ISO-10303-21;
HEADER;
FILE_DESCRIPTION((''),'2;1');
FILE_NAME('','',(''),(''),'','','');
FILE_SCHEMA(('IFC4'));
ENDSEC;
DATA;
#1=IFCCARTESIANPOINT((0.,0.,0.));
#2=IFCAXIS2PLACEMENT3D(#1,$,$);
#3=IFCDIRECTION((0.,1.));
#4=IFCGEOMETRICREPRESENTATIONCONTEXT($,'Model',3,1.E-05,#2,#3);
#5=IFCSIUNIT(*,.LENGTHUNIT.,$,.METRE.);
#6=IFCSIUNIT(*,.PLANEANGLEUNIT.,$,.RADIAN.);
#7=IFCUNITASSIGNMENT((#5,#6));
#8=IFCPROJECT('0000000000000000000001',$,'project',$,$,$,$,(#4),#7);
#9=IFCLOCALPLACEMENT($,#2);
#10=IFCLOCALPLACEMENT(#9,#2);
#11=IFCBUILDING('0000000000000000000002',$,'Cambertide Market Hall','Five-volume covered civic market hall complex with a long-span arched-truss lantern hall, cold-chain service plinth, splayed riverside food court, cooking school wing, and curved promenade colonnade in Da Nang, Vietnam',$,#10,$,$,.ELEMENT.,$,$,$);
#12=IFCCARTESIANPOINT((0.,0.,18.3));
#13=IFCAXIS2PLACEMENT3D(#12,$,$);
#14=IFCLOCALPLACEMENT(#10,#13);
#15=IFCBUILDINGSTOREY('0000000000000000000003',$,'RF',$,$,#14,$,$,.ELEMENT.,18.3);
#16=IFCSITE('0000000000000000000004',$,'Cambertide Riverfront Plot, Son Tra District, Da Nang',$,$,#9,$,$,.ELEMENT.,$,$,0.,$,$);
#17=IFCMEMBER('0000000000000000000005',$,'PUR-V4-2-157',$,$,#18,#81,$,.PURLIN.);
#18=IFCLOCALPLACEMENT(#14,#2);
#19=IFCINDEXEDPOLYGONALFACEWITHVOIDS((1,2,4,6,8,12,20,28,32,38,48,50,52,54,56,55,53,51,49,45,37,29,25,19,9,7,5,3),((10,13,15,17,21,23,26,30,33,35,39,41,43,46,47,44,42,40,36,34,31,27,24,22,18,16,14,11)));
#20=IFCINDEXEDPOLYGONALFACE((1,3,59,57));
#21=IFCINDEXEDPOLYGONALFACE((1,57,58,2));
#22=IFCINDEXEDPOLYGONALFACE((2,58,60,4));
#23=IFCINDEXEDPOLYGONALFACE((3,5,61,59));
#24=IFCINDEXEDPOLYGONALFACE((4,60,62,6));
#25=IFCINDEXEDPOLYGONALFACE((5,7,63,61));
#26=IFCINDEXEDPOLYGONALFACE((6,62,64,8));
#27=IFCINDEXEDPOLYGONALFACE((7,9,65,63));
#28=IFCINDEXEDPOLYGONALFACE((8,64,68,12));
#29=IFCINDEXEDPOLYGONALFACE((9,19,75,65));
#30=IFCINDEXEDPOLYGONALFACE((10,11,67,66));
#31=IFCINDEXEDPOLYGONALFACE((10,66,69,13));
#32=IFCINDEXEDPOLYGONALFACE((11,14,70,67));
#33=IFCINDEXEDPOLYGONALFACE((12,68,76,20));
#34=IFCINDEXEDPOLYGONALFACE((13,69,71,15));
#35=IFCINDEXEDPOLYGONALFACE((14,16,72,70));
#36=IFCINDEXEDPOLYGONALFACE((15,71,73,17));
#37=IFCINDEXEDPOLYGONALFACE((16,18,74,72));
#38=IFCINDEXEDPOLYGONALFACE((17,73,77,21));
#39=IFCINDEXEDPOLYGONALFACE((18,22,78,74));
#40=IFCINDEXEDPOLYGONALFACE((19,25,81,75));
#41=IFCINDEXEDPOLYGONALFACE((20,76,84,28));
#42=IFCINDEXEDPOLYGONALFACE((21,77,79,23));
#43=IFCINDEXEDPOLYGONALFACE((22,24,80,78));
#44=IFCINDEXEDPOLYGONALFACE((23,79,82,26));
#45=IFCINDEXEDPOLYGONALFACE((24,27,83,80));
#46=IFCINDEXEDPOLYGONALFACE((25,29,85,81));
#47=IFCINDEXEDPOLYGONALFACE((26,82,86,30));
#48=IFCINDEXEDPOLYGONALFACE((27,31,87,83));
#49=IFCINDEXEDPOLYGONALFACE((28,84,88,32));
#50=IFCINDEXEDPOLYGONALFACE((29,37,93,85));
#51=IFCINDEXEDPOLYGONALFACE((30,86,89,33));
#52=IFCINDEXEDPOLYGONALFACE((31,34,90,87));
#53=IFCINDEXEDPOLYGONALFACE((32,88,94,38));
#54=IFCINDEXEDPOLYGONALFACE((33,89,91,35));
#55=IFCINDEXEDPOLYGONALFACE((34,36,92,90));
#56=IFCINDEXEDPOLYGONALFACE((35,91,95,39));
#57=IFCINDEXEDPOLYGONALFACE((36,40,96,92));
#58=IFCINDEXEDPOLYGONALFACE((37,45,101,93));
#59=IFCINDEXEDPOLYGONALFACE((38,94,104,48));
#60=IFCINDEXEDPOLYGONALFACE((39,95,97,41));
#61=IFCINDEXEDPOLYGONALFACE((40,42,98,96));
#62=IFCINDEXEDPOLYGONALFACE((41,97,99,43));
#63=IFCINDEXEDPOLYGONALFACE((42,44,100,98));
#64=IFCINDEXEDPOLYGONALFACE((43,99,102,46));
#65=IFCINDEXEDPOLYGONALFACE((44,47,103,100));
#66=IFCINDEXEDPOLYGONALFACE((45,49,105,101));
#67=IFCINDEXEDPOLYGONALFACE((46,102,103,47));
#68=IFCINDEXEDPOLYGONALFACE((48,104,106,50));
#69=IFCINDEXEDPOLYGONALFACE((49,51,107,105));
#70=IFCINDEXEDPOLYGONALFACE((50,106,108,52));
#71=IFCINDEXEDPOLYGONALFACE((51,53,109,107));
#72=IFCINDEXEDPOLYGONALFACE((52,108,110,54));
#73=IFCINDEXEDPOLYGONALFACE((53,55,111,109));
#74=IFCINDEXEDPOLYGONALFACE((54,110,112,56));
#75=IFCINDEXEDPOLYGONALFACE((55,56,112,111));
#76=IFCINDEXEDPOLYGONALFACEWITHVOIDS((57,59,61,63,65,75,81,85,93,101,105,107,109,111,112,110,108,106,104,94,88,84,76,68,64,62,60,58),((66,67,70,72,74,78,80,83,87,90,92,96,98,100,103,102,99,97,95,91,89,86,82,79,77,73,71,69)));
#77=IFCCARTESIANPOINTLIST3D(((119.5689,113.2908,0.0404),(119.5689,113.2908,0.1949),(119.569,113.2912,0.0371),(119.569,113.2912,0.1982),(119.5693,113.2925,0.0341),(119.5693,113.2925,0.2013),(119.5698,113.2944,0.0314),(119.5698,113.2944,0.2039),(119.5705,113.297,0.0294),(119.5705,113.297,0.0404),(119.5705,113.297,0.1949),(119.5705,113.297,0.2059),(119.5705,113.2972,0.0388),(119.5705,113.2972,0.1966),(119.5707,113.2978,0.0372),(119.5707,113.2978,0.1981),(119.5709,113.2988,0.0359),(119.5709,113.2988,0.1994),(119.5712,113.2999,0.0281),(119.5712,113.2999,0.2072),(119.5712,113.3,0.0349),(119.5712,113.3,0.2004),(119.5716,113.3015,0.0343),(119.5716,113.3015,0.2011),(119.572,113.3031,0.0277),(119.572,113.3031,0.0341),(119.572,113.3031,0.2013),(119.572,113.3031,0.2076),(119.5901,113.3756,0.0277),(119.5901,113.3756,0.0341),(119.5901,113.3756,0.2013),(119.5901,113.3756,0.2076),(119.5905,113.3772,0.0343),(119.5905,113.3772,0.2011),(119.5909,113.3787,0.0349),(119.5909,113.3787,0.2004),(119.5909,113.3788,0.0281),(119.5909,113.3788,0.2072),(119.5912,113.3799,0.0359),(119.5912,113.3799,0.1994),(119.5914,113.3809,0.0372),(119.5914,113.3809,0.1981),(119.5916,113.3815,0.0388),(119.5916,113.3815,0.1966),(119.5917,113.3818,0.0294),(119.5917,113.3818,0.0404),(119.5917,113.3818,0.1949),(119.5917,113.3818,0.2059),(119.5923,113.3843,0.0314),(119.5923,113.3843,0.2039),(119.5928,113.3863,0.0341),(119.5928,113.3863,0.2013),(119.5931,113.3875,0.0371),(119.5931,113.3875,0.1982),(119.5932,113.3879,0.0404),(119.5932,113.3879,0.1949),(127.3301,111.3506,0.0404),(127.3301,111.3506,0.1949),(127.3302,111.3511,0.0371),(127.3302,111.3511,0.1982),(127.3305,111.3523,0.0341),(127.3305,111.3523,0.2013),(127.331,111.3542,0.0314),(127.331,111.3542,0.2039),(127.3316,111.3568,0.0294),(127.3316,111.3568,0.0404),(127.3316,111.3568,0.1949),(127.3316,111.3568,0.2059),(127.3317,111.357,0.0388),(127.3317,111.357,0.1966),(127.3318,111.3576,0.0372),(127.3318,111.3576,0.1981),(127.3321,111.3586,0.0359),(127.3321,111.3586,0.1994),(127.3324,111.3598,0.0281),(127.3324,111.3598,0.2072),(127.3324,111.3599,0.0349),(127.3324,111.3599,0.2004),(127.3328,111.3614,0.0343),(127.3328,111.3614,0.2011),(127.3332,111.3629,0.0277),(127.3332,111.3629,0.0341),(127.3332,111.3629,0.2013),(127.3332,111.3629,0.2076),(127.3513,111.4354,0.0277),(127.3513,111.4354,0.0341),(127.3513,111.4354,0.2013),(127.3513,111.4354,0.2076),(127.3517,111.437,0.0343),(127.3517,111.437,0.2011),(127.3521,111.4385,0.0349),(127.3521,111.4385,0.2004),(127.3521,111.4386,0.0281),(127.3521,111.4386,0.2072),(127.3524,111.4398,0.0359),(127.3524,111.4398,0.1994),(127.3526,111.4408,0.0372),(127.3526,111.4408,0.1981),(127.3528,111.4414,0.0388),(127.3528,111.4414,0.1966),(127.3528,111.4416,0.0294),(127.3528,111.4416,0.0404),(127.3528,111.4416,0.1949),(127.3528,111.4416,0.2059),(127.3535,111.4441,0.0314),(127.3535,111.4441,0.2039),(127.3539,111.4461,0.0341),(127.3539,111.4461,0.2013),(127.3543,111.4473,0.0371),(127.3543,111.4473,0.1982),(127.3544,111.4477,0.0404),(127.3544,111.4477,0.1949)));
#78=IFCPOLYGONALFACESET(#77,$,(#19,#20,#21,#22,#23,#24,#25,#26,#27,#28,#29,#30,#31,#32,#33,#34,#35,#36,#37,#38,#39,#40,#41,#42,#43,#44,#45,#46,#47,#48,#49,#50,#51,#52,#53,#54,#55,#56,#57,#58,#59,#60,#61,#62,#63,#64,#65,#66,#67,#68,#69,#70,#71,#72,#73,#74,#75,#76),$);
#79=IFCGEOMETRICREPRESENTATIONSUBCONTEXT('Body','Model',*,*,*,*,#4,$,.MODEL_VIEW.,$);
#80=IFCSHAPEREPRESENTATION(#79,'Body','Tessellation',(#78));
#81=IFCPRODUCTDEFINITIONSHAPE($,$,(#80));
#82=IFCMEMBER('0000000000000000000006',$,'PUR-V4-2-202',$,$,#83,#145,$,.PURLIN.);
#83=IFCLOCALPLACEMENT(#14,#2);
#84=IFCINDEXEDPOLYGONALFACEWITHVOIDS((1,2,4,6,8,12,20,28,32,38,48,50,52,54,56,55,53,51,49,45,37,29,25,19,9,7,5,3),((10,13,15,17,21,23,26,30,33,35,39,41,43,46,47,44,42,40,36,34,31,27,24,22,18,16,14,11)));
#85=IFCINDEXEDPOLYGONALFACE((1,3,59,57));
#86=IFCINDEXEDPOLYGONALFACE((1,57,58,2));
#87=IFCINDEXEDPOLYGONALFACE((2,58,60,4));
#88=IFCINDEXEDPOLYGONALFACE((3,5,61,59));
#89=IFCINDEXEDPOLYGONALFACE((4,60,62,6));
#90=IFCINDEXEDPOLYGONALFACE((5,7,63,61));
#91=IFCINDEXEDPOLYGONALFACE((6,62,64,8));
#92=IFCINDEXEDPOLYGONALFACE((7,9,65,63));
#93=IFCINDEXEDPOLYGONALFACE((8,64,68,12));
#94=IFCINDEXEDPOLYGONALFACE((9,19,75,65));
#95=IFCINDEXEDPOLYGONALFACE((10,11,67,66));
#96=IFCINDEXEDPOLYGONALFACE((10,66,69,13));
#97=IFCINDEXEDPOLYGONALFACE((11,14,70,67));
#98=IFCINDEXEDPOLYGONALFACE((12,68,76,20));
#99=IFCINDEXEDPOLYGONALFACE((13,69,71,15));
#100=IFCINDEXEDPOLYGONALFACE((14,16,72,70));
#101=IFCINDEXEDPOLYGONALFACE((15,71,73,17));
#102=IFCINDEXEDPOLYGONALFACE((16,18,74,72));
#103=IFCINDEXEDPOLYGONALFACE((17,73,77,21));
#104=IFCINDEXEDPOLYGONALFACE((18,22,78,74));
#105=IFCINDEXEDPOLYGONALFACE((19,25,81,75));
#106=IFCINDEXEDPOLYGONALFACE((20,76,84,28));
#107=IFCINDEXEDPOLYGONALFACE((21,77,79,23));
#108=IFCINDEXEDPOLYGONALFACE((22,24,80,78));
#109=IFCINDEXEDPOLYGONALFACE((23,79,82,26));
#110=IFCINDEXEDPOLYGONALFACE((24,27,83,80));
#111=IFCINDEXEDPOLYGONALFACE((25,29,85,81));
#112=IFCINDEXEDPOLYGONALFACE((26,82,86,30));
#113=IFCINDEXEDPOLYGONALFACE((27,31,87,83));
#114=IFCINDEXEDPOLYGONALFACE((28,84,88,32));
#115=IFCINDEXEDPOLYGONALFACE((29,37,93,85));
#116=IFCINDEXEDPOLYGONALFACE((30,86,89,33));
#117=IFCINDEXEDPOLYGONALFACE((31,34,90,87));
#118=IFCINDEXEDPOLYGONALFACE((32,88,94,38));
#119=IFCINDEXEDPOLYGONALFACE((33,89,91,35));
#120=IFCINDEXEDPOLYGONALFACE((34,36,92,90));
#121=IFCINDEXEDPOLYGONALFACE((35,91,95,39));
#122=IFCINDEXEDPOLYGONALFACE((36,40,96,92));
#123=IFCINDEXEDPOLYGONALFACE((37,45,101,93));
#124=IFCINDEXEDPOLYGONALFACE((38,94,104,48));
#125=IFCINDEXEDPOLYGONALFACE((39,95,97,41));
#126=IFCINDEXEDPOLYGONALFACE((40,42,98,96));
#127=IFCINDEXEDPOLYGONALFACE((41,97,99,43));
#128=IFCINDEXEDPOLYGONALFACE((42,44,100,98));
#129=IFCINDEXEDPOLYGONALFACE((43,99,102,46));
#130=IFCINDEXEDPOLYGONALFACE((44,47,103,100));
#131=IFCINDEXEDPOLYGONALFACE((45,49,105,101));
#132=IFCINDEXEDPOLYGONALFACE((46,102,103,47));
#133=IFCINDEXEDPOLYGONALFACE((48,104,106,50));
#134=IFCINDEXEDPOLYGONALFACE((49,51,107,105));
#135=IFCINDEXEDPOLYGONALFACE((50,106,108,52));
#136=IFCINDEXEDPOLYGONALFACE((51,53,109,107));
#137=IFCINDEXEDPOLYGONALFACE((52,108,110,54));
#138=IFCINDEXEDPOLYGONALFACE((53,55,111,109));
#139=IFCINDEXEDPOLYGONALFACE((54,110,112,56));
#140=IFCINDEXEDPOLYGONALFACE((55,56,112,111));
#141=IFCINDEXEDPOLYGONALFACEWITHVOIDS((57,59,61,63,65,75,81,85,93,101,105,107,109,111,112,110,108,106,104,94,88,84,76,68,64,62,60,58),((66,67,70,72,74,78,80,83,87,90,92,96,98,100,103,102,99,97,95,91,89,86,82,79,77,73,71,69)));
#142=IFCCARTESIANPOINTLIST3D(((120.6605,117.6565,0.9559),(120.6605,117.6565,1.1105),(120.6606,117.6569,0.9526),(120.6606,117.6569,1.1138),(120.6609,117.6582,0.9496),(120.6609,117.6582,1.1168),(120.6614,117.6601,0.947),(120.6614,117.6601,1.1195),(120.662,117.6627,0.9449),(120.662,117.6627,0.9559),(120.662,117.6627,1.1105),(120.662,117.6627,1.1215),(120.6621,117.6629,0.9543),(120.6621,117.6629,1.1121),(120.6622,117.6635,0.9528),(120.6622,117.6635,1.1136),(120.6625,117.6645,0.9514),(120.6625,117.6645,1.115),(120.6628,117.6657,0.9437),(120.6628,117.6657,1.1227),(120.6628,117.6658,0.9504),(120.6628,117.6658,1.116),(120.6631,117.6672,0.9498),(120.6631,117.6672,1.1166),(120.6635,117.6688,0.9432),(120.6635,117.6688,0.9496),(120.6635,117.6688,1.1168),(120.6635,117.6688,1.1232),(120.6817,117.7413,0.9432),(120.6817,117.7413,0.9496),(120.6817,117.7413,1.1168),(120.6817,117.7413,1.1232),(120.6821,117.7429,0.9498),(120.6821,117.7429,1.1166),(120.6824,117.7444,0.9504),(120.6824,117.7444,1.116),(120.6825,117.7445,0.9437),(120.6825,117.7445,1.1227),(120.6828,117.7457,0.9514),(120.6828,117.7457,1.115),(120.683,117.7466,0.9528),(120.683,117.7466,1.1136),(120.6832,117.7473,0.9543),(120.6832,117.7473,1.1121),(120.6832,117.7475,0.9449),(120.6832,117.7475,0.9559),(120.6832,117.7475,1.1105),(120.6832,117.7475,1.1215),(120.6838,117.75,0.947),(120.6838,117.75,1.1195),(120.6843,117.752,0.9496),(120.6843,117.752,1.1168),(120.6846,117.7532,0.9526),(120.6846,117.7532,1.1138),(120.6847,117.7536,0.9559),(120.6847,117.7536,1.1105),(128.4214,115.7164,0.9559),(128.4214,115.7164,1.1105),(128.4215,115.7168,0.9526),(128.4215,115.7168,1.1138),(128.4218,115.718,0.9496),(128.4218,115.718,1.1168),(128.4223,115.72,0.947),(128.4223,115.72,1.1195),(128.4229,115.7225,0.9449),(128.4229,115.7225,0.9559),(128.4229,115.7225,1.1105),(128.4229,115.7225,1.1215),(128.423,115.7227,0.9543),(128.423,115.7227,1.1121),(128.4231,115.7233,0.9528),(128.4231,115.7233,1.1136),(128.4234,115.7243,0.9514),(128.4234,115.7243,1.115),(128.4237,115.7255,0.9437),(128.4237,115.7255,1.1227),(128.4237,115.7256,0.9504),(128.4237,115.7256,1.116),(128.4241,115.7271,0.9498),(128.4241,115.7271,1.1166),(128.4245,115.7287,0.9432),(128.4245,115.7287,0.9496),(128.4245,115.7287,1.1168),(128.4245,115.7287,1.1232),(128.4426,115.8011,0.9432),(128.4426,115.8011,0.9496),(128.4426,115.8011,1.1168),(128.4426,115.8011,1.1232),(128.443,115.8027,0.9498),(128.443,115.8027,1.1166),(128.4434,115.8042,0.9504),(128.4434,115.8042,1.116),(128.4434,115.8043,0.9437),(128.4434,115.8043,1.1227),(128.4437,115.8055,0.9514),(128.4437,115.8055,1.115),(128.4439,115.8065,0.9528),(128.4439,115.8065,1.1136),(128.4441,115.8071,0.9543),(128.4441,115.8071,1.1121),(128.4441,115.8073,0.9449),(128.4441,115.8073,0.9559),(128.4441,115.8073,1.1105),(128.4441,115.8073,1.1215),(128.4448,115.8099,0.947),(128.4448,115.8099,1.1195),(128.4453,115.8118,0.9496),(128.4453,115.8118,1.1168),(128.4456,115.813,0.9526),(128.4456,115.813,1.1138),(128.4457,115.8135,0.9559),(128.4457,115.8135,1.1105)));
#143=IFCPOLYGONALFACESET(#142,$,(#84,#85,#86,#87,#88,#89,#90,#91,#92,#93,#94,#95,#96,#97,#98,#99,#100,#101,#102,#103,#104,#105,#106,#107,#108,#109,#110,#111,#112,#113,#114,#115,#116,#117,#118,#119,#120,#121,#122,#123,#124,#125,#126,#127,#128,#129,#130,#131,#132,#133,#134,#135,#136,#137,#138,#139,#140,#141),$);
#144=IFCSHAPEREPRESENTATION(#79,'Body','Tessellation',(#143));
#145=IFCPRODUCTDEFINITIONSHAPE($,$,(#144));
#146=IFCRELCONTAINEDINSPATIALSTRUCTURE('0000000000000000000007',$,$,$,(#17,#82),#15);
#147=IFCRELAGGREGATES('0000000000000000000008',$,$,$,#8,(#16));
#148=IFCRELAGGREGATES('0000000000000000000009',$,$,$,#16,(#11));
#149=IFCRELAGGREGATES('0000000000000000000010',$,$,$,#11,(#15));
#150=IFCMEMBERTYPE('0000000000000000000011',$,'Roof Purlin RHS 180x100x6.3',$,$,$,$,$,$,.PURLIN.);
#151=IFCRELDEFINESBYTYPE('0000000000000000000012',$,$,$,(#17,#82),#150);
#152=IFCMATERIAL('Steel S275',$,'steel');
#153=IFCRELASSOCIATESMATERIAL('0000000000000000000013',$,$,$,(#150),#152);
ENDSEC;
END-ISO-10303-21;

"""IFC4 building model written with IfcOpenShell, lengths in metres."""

from ifc_helpers import new_model, si_unit, direction, frame, origin, origin_2d, place, context, subcontext, project, spatial, hollow_rectangle, extrude, material, material_profile, profile_set, type_object, element, save


model = new_model("IFC4")

# Units and contexts
model_context = context("Model", 3, precision=1e-05, world=origin(), true_north=direction((0.0, 1.0)))
body_context = subcontext(model_context, "Body", "Model", "MODEL_VIEW")
ifc_project = project(units=[si_unit("LENGTHUNIT", "METRE"), si_unit("PLANEANGLEUNIT", "RADIAN")], contexts=[model_context])

# Site, building, storey
site_placement = place(None, origin())
site = spatial("IfcSite", under=ifc_project, at=site_placement, Name="Cambertide Riverfront Plot, Son Tra District, Da Nang", CompositionType="ELEMENT", RefElevation=0.0)
building_placement = place(site_placement, origin())
building = spatial("IfcBuilding", under=site, at=building_placement, Name="Cambertide Market Hall", Description="Five-volume covered civic market hall complex with a long-span arched-truss lantern hall, cold-chain service plinth, splayed riverside food court, cooking school wing, and curved promenade colonnade in Da Nang, Vietnam", CompositionType="ELEMENT")
storey_placement = place(building_placement, frame((0.0, 0.0, 18.3)))
storey = spatial("IfcBuildingStorey", under=building, at=storey_placement, Name="RF", CompositionType="ELEMENT", Elevation=18.3)

# Members
ifc_material_1 = material(Name="Steel S275", Category="steel")
ifc_material_profile_1 = material_profile(ifc_material_1, hollow_rectangle(XDim=0.1001, YDim=0.1799, WallThickness=0.0063, InnerFilletRadius=0.0063, OuterFilletRadius=0.0127, at=origin_2d()), Name="RHS 180x100x6.3")
ifc_profile_set_1 = profile_set([ifc_material_profile_1], Name="Steel S275")
member_type_1 = type_object("IfcMemberType", Name="Roof Purlin RHS 180x100x6.3", PredefinedType="PURLIN", material=ifc_profile_set_1)
for number, where, z_axis, x_axis, name in (
    (1, (119.5811, 113.3394, 0.1177), (0.970146, -0.242521, 0.0), (0.242521, 0.970146, 0.0), "PUR-V4-2-157"),
):
    element("IfcMember", number, at=place(storey_placement, frame(where, z_axis=z_axis, x_axis=x_axis)), inside=storey, type_object=member_type_1, Name=name, PredefinedType="PURLIN", context=body_context, shape_type="SweptSolid", body=[
        extrude(hollow_rectangle(XDim=0.1001, YDim=0.1799, WallThickness=0.0063, InnerFilletRadius=0.0063, OuterFilletRadius=0.0127, at=origin_2d()), origin(), (0.0, 0.0, 1.0), 8.0),
    ])
member_1_placement = place(storey_placement, frame((120.6726, 117.7051, 1.0332), z_axis=(0.970144, -0.242528, 0.0), x_axis=(0.242528, 0.970144, 0.0)))
element("IfcMember", 2, at=member_1_placement, inside=storey, type_object=member_type_1, Name="PUR-V4-2-202", PredefinedType="PURLIN", context=body_context, shape_type="SweptSolid", body=[
    extrude(hollow_rectangle(XDim=0.1001, YDim=0.1799, WallThickness=0.0063, InnerFilletRadius=0.0063, OuterFilletRadius=0.0127, at=origin_2d()), origin(), (0.0, 0.0, 1.0), 7.9998),
])

save(model, "model.ifc")
